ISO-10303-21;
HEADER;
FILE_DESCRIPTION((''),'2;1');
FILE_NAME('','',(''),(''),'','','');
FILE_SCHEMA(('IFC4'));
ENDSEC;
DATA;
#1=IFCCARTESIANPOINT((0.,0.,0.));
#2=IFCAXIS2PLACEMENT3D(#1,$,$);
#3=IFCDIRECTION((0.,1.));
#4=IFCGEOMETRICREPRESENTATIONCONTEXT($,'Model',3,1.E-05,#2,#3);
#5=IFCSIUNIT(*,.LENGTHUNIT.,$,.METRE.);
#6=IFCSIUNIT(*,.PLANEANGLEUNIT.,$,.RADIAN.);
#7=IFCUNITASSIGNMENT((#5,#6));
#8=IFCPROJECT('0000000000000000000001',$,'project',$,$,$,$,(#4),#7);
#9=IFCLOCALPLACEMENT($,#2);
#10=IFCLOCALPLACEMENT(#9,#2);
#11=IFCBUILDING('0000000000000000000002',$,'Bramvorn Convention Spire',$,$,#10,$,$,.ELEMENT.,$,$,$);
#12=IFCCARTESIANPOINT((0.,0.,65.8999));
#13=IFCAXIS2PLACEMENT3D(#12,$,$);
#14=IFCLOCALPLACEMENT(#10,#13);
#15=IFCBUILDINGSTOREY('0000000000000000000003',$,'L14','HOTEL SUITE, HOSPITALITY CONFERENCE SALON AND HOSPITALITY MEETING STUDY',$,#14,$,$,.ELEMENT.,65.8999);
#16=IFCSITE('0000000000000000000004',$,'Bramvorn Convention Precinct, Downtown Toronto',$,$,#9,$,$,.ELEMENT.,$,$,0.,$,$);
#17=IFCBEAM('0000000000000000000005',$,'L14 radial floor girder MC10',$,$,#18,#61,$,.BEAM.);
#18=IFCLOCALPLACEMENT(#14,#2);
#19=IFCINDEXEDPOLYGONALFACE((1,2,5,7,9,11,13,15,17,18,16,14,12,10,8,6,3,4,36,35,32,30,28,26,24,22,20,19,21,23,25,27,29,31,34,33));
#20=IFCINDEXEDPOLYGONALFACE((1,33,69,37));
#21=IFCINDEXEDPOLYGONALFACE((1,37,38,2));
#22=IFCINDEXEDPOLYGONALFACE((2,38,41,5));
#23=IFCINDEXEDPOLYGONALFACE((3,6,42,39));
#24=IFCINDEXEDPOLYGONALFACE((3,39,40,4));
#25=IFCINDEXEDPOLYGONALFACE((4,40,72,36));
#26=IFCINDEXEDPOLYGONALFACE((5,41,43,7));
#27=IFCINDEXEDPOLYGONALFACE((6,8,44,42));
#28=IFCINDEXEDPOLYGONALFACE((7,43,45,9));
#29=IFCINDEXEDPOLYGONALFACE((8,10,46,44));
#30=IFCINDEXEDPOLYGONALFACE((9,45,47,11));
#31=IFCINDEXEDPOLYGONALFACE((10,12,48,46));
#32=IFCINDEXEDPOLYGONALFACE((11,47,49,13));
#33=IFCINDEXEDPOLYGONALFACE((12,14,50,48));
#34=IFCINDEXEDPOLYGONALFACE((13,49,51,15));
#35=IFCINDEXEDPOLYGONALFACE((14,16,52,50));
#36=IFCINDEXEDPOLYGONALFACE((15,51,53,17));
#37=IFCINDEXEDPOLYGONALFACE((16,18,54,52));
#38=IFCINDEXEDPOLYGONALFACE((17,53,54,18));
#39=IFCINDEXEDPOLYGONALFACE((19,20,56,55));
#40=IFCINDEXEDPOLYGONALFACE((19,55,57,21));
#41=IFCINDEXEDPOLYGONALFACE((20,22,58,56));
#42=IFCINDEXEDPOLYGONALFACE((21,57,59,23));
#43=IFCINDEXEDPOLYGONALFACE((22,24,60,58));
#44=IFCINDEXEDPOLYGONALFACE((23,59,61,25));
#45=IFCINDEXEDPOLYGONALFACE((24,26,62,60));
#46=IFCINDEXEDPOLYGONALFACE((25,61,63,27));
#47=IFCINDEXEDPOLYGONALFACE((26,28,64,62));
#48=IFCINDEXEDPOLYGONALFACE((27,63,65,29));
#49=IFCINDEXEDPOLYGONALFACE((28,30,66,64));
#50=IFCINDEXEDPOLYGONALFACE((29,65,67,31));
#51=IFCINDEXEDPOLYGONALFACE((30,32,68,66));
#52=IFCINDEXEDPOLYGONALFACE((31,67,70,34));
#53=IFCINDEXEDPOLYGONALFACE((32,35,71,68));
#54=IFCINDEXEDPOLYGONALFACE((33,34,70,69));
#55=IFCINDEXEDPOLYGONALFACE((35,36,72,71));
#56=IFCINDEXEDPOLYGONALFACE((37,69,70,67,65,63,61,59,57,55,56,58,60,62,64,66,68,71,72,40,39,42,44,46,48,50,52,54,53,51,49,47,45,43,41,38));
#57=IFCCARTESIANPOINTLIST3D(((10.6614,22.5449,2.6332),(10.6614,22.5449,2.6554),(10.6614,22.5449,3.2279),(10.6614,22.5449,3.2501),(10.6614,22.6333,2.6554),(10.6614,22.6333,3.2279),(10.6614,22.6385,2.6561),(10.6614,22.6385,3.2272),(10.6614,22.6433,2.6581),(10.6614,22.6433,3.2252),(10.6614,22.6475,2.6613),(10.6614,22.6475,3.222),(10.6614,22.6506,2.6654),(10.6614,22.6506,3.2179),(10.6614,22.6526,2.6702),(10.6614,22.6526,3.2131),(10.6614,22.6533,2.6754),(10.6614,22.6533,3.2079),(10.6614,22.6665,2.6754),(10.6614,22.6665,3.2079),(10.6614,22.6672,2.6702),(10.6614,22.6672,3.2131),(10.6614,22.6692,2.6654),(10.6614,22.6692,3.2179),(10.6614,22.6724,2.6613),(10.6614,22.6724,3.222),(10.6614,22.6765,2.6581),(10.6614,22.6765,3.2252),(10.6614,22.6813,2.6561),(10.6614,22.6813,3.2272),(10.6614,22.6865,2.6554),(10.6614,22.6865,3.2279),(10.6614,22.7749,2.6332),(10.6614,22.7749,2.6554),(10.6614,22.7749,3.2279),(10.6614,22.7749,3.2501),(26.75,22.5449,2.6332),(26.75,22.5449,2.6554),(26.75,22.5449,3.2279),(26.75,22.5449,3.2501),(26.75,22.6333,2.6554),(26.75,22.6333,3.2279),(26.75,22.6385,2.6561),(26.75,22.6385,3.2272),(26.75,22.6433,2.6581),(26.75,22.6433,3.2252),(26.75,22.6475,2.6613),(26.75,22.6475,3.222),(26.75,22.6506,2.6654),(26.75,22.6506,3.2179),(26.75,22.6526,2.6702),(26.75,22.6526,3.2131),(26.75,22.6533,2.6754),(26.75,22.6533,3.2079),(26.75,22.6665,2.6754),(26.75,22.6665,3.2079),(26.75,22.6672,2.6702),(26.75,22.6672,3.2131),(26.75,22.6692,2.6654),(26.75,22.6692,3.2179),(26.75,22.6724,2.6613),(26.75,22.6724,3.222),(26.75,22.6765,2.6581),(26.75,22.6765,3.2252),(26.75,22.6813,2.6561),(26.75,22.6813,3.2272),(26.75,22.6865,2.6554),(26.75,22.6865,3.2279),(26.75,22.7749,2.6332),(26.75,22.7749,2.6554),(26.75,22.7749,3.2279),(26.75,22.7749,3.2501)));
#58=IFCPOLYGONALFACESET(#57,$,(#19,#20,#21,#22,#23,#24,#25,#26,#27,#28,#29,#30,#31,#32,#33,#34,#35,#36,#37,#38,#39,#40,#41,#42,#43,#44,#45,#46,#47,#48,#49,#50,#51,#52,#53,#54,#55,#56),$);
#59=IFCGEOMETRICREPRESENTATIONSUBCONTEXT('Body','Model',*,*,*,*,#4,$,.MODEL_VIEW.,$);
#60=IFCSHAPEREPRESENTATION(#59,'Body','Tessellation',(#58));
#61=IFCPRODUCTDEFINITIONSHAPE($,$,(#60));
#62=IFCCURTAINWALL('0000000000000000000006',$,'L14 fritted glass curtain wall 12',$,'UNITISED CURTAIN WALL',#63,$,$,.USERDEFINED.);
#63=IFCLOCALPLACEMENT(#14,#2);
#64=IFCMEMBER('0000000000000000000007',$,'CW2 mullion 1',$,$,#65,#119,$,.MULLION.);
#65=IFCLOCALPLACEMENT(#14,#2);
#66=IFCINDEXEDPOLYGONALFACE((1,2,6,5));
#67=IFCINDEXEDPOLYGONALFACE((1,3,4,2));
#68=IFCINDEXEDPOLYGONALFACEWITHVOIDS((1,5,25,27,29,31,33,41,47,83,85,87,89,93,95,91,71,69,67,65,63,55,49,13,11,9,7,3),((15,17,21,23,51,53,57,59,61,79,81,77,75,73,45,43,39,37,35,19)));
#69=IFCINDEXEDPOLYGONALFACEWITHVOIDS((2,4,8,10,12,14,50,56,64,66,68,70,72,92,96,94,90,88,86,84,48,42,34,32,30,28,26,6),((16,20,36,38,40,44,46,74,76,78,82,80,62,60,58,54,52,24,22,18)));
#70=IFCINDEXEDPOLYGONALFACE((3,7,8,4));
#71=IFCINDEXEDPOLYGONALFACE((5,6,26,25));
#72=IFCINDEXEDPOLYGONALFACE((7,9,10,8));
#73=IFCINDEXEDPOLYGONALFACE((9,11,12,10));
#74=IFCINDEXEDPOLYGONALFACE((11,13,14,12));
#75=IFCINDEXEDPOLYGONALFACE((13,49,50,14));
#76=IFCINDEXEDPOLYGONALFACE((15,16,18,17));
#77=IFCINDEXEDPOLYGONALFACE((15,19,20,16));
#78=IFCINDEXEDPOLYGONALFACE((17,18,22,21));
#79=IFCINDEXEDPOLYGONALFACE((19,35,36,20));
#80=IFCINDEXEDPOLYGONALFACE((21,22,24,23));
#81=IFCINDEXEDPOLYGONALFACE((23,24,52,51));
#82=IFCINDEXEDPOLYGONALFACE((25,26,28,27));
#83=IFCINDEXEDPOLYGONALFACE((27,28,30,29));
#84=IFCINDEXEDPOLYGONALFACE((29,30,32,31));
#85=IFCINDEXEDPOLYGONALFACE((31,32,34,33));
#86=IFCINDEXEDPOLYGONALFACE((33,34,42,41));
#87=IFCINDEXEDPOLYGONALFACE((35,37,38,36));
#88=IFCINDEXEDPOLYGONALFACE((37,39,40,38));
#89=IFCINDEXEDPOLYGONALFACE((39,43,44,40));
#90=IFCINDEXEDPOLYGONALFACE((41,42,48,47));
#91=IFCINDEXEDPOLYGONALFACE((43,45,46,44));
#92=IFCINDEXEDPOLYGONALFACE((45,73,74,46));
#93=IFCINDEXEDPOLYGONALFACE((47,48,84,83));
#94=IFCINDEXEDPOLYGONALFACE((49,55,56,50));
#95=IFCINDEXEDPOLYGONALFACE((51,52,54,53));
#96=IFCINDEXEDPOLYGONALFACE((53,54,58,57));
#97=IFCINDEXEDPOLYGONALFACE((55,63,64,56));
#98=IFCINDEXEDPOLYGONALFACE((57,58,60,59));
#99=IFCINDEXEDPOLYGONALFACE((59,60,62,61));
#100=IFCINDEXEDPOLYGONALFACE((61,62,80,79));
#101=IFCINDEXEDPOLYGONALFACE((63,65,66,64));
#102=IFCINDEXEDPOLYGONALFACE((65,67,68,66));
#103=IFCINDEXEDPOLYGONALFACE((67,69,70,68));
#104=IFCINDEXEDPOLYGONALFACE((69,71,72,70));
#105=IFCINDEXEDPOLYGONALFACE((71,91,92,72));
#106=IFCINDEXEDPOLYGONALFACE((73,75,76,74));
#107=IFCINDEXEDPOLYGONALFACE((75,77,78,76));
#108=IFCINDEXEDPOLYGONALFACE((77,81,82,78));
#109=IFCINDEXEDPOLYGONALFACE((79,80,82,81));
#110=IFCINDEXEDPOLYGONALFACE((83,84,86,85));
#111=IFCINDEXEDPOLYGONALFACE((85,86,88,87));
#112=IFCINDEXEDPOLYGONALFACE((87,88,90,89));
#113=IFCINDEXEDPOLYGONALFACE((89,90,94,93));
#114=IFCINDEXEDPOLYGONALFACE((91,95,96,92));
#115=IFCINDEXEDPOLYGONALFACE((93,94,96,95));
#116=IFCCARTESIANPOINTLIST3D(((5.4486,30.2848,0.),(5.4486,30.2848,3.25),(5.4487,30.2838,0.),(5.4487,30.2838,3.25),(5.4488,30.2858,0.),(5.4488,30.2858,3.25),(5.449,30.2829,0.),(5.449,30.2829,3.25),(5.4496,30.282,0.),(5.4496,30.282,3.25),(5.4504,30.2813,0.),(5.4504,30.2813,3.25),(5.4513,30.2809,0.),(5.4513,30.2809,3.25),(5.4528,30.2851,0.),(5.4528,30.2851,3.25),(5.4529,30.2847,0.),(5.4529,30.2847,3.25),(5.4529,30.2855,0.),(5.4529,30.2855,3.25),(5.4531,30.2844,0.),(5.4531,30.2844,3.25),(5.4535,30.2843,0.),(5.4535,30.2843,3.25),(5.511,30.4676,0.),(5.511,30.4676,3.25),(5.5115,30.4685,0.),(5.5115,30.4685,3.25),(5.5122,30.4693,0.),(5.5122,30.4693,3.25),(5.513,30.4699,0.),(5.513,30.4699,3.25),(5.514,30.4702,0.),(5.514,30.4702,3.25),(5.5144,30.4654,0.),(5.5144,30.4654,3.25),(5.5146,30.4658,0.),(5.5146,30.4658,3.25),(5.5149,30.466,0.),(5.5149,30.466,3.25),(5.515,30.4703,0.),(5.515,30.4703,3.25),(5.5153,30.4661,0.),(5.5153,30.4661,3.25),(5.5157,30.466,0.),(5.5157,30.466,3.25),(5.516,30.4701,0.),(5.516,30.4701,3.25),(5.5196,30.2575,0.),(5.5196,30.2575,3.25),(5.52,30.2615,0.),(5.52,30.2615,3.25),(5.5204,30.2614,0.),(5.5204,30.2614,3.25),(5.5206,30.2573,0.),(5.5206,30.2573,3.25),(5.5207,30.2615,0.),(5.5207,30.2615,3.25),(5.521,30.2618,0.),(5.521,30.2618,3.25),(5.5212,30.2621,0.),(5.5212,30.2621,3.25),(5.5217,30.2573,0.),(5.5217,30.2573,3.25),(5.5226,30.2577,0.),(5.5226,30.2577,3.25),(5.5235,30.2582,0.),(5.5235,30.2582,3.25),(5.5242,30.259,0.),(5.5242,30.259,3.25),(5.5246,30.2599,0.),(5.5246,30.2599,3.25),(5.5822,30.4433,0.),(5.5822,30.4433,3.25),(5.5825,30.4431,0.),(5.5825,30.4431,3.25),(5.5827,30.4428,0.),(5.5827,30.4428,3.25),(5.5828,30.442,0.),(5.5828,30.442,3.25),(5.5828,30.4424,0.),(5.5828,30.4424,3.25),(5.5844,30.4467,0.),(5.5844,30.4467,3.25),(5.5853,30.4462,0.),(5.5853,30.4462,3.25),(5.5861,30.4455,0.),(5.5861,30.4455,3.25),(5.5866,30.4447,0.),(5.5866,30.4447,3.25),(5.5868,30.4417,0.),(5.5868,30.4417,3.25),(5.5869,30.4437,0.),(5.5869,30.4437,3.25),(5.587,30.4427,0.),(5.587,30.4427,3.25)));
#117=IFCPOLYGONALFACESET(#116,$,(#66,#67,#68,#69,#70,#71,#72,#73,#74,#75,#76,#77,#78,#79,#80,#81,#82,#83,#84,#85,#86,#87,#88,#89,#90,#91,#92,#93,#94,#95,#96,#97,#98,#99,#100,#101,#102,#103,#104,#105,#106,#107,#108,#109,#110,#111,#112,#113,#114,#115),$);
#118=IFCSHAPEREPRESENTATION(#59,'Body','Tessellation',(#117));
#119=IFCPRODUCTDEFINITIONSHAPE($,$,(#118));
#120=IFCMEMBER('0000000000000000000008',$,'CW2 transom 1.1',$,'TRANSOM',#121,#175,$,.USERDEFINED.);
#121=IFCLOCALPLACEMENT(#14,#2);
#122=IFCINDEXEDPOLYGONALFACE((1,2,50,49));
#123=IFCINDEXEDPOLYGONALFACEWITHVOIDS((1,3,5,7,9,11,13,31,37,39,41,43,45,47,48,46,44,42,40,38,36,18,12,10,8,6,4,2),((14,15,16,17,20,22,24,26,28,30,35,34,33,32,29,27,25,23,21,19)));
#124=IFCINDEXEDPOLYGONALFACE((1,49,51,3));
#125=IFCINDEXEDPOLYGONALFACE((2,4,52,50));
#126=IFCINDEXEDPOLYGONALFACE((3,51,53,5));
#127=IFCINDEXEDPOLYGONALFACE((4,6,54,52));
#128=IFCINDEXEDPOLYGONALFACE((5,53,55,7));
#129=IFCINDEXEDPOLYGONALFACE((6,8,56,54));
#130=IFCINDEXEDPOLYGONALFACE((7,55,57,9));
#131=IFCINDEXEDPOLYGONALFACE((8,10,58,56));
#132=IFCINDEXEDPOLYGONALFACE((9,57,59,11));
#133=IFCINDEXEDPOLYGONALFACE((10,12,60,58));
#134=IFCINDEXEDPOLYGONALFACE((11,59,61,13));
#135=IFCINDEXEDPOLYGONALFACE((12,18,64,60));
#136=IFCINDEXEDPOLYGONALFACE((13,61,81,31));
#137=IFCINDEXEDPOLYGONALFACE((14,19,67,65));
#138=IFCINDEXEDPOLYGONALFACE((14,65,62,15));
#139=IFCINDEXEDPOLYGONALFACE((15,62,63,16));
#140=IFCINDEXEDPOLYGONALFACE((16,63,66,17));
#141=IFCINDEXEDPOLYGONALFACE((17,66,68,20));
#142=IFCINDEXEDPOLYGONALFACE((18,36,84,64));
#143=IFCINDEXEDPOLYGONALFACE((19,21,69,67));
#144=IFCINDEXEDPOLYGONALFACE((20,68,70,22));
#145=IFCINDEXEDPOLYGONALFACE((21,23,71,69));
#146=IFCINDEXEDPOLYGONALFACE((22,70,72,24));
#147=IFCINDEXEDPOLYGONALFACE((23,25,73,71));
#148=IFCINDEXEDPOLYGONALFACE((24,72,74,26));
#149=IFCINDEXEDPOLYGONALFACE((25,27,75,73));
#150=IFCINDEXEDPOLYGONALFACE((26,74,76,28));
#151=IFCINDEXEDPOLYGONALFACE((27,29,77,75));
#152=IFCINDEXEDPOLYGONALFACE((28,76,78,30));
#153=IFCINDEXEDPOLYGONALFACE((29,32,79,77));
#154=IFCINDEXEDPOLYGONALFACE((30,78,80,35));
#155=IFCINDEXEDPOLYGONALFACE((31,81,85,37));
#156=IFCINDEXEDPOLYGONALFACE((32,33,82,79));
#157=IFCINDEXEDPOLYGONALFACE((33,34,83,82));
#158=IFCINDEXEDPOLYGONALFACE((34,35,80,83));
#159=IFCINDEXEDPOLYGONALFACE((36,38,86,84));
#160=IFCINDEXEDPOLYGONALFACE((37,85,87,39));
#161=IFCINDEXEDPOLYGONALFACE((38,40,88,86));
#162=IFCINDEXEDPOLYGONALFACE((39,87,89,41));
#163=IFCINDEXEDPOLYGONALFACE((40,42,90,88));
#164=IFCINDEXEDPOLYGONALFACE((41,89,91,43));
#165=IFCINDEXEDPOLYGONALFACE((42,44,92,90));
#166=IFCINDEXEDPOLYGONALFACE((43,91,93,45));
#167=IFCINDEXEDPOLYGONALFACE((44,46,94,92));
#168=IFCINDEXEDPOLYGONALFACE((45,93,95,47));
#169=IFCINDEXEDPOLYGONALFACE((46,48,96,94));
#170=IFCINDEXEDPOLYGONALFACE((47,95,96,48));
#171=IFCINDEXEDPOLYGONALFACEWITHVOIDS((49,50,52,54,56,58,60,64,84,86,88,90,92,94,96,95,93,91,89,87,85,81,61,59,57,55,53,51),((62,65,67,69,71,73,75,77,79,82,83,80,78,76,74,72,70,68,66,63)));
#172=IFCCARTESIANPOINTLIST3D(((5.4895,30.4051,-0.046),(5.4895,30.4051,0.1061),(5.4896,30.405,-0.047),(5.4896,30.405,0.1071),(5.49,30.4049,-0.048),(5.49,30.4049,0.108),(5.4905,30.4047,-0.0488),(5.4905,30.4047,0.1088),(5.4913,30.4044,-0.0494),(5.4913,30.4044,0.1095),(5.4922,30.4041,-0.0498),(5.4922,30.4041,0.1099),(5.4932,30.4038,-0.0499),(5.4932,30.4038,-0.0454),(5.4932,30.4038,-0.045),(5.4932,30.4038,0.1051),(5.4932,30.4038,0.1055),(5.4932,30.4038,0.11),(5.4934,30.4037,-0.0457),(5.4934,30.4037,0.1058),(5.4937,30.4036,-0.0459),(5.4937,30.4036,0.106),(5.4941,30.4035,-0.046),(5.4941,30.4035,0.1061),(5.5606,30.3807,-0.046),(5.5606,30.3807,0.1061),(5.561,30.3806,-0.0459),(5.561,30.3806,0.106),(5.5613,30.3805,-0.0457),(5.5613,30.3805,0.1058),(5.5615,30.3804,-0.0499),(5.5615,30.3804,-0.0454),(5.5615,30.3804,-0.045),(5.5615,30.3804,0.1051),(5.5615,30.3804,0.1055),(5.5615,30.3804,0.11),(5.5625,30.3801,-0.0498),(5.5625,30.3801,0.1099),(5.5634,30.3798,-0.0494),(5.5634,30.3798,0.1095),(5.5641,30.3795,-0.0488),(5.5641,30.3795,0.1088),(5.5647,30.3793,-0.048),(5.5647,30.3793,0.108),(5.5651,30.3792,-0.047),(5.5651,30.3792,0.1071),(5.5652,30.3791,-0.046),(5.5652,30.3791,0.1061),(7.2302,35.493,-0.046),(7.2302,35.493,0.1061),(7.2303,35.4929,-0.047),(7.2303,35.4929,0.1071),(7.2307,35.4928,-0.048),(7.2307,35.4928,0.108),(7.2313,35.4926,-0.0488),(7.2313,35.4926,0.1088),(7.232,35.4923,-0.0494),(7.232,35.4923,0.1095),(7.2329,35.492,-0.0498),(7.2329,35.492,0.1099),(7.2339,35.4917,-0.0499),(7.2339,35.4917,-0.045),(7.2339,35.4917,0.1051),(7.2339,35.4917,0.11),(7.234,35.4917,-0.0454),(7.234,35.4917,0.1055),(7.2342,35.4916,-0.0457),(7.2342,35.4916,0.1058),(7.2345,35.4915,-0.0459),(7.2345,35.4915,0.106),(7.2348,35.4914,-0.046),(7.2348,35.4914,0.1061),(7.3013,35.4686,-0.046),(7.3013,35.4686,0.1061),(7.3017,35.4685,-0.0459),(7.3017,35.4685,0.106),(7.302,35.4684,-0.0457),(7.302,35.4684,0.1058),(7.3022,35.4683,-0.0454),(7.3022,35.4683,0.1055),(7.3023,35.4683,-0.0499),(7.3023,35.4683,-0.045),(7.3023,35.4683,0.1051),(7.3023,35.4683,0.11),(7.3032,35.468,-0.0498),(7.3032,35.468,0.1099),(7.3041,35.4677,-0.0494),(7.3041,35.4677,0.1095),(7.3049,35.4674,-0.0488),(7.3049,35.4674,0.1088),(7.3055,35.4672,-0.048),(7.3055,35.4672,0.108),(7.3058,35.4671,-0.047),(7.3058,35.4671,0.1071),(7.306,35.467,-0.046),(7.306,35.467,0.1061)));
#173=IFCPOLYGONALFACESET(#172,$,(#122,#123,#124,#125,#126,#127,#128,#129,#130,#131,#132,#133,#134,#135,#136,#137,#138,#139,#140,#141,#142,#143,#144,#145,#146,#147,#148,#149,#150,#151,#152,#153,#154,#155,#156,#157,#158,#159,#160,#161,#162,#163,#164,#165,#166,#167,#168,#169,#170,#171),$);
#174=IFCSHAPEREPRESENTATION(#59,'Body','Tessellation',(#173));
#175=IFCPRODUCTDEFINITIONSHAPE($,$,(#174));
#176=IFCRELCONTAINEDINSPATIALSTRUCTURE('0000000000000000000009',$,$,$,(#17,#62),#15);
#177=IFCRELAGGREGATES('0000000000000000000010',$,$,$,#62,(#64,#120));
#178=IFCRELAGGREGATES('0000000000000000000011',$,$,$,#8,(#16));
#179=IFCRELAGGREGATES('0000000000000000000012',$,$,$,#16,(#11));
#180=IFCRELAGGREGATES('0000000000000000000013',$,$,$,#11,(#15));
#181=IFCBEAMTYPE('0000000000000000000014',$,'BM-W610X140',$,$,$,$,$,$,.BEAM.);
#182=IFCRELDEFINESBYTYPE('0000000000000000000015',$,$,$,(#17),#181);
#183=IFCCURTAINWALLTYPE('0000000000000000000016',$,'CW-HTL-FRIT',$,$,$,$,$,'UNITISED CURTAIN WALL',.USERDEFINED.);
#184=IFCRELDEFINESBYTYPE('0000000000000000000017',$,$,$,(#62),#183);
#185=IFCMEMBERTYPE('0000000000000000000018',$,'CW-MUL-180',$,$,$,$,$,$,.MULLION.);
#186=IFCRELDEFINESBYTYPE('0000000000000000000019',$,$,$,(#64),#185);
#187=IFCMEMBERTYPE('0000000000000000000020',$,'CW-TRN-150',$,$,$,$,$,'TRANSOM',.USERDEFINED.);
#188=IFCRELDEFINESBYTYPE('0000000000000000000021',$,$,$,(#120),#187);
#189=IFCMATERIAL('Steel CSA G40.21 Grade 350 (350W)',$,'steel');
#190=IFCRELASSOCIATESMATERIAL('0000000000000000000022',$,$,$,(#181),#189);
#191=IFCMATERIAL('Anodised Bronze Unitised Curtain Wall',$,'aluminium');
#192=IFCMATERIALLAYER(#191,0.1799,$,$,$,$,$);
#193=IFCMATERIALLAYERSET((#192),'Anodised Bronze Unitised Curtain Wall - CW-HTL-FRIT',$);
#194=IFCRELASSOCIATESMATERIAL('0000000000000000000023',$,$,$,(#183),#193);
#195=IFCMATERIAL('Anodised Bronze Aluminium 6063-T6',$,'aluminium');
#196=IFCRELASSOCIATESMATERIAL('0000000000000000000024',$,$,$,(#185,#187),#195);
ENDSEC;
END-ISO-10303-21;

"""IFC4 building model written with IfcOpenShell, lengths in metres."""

from ifc_helpers import new_model, si_unit, direction, frame, origin, origin_2d, place, context, subcontext, project, spatial, hollow_rectangle, i_section, extrude, material, layer, layer_set, material_profile, profile_set, type_object, element, aggregate, save


model = new_model("IFC4")

# Units and contexts
model_context = context("Model", 3, precision=1e-05, world=origin(), true_north=direction((0.0, 1.0)))
body_context = subcontext(model_context, "Body", "Model", "MODEL_VIEW")
ifc_project = project(units=[si_unit("LENGTHUNIT", "METRE"), si_unit("PLANEANGLEUNIT", "RADIAN")], contexts=[model_context])

# Site, building, storey
site_placement = place(None, origin())
site = spatial("IfcSite", under=ifc_project, at=site_placement, Name="Bramvorn Convention Precinct, Downtown Toronto", CompositionType="ELEMENT", RefElevation=0.0)
building_placement = place(site_placement, origin())
building = spatial("IfcBuilding", under=site, at=building_placement, Name="Bramvorn Convention Spire", CompositionType="ELEMENT")
storey_placement = place(building_placement, frame((0.0, 0.0, 65.8999)))
storey = spatial("IfcBuildingStorey", under=building, at=storey_placement, Name="L14", Description="HOTEL SUITE, HOSPITALITY CONFERENCE SALON AND HOSPITALITY MEETING STUDY", CompositionType="ELEMENT", Elevation=65.8999)

# Shared definitions
ifc_material_1 = material(Name="Steel CSA G40.21 Grade 350 (350W)", Category="steel")

# Beam
ifc_material_profile_1 = material_profile(ifc_material_1, i_section(OverallWidth=0.23, OverallDepth=0.6169, WebThickness=0.0132, FlangeThickness=0.0222, FilletRadius=0.02, at=origin_2d()))
ifc_profile_set_1 = profile_set([ifc_material_profile_1], Name="Steel CSA G40.21 Grade 350 (350W) - W610X140")
beam_type_1 = type_object("IfcBeamType", Name="BM-W610X140", PredefinedType="BEAM", material=ifc_profile_set_1)
beam_1_placement = place(storey_placement, frame((26.75, 22.6599, 2.9417), z_axis=(-1.0, 0.0, 0.0), x_axis=(0.0, -1.0, 0.0)))
element("IfcBeam", 1, at=beam_1_placement, inside=storey, type_object=beam_type_1, Name="L14 radial floor girder MC10", PredefinedType="BEAM", context=body_context, shape_type="SweptSolid", body=[
    extrude(i_section(OverallWidth=0.23, OverallDepth=0.6169, WebThickness=0.0132, FlangeThickness=0.0222, FilletRadius=0.02, at=origin_2d()), origin(), (0.0, 0.0, 1.0), 16.0886),
])

# Curtain wall, members
ifc_material_2 = material(Name="Anodised Bronze Unitised Curtain Wall", Category="aluminium")
ifc_layer_1 = layer(ifc_material_2, 0.1799)
ifc_layer_set_1 = layer_set([ifc_layer_1], Name="Anodised Bronze Unitised Curtain Wall - CW-HTL-FRIT")
curtain_wall_type = type_object("IfcCurtainWallType", Name="CW-HTL-FRIT", ElementType="UNITISED CURTAIN WALL", PredefinedType="USERDEFINED", material=ifc_layer_set_1)
curtain_wall_placement = place(storey_placement, origin())
curtain_wall = element("IfcCurtainWall", 2, at=curtain_wall_placement, inside=storey, type_object=curtain_wall_type, Name="L14 fritted glass curtain wall 12", ObjectType="UNITISED CURTAIN WALL", PredefinedType="USERDEFINED")
ifc_material_3 = material(Name="Anodised Bronze Aluminium 6063-T6", Category="aluminium")
ifc_material_profile_2 = material_profile(ifc_material_3, hollow_rectangle(XDim=0.0801, YDim=0.2, WallThickness=0.0039, InnerFilletRadius=0.001, OuterFilletRadius=0.0039, at=origin_2d()))
ifc_profile_set_2 = profile_set([ifc_material_profile_2], Name="Anodised Bronze Aluminium 6063-T6 - CWM80X200")
member_type_1 = type_object("IfcMemberType", Name="CW-MUL-180", PredefinedType="MULLION", material=ifc_profile_set_2)
member_1_placement = place(storey_placement, frame((5.5178, 30.3638, 0.0), z_axis=(0.0, 0.0, 1.0), x_axis=(-0.946154, 0.323716, 0.0)))
member_1 = element("IfcMember", 3, at=member_1_placement, type_object=member_type_1, Name="CW2 mullion 1", PredefinedType="MULLION", context=body_context, shape_type="SweptSolid", body=[
    extrude(hollow_rectangle(XDim=0.0801, YDim=0.2, WallThickness=0.0039, InnerFilletRadius=0.001, OuterFilletRadius=0.0039, at=origin_2d()), origin(), (0.0, 0.0, 1.0), 3.25),
])
ifc_material_profile_3 = material_profile(ifc_material_3, hollow_rectangle(XDim=0.0801, YDim=0.1599, WallThickness=0.0039, InnerFilletRadius=0.001, OuterFilletRadius=0.0039, at=origin_2d()))
ifc_profile_set_3 = profile_set([ifc_material_profile_3], Name="Anodised Bronze Aluminium 6063-T6 - CWT80X160")
member_type_2 = type_object("IfcMemberType", Name="CW-TRN-150", ElementType="TRANSOM", PredefinedType="USERDEFINED", material=ifc_profile_set_3)
member_2_placement = place(storey_placement, frame((5.5273, 30.3921, 0.03), z_axis=(0.323709, 0.946157, 0.0), x_axis=(-0.946157, 0.323709, 0.0)))
member_2 = element("IfcMember", 4, at=member_2_placement, type_object=member_type_2, Name="CW2 transom 1.1", ObjectType="TRANSOM", PredefinedType="USERDEFINED", context=body_context, shape_type="SweptSolid", body=[
    extrude(hollow_rectangle(XDim=0.0801, YDim=0.1599, WallThickness=0.0039, InnerFilletRadius=0.001, OuterFilletRadius=0.0039, at=origin_2d()), origin(), (0.0, 0.0, 1.0), 5.3774),
])

aggregate(curtain_wall, [member_1, member_2])

save(model, "model.ifc")
